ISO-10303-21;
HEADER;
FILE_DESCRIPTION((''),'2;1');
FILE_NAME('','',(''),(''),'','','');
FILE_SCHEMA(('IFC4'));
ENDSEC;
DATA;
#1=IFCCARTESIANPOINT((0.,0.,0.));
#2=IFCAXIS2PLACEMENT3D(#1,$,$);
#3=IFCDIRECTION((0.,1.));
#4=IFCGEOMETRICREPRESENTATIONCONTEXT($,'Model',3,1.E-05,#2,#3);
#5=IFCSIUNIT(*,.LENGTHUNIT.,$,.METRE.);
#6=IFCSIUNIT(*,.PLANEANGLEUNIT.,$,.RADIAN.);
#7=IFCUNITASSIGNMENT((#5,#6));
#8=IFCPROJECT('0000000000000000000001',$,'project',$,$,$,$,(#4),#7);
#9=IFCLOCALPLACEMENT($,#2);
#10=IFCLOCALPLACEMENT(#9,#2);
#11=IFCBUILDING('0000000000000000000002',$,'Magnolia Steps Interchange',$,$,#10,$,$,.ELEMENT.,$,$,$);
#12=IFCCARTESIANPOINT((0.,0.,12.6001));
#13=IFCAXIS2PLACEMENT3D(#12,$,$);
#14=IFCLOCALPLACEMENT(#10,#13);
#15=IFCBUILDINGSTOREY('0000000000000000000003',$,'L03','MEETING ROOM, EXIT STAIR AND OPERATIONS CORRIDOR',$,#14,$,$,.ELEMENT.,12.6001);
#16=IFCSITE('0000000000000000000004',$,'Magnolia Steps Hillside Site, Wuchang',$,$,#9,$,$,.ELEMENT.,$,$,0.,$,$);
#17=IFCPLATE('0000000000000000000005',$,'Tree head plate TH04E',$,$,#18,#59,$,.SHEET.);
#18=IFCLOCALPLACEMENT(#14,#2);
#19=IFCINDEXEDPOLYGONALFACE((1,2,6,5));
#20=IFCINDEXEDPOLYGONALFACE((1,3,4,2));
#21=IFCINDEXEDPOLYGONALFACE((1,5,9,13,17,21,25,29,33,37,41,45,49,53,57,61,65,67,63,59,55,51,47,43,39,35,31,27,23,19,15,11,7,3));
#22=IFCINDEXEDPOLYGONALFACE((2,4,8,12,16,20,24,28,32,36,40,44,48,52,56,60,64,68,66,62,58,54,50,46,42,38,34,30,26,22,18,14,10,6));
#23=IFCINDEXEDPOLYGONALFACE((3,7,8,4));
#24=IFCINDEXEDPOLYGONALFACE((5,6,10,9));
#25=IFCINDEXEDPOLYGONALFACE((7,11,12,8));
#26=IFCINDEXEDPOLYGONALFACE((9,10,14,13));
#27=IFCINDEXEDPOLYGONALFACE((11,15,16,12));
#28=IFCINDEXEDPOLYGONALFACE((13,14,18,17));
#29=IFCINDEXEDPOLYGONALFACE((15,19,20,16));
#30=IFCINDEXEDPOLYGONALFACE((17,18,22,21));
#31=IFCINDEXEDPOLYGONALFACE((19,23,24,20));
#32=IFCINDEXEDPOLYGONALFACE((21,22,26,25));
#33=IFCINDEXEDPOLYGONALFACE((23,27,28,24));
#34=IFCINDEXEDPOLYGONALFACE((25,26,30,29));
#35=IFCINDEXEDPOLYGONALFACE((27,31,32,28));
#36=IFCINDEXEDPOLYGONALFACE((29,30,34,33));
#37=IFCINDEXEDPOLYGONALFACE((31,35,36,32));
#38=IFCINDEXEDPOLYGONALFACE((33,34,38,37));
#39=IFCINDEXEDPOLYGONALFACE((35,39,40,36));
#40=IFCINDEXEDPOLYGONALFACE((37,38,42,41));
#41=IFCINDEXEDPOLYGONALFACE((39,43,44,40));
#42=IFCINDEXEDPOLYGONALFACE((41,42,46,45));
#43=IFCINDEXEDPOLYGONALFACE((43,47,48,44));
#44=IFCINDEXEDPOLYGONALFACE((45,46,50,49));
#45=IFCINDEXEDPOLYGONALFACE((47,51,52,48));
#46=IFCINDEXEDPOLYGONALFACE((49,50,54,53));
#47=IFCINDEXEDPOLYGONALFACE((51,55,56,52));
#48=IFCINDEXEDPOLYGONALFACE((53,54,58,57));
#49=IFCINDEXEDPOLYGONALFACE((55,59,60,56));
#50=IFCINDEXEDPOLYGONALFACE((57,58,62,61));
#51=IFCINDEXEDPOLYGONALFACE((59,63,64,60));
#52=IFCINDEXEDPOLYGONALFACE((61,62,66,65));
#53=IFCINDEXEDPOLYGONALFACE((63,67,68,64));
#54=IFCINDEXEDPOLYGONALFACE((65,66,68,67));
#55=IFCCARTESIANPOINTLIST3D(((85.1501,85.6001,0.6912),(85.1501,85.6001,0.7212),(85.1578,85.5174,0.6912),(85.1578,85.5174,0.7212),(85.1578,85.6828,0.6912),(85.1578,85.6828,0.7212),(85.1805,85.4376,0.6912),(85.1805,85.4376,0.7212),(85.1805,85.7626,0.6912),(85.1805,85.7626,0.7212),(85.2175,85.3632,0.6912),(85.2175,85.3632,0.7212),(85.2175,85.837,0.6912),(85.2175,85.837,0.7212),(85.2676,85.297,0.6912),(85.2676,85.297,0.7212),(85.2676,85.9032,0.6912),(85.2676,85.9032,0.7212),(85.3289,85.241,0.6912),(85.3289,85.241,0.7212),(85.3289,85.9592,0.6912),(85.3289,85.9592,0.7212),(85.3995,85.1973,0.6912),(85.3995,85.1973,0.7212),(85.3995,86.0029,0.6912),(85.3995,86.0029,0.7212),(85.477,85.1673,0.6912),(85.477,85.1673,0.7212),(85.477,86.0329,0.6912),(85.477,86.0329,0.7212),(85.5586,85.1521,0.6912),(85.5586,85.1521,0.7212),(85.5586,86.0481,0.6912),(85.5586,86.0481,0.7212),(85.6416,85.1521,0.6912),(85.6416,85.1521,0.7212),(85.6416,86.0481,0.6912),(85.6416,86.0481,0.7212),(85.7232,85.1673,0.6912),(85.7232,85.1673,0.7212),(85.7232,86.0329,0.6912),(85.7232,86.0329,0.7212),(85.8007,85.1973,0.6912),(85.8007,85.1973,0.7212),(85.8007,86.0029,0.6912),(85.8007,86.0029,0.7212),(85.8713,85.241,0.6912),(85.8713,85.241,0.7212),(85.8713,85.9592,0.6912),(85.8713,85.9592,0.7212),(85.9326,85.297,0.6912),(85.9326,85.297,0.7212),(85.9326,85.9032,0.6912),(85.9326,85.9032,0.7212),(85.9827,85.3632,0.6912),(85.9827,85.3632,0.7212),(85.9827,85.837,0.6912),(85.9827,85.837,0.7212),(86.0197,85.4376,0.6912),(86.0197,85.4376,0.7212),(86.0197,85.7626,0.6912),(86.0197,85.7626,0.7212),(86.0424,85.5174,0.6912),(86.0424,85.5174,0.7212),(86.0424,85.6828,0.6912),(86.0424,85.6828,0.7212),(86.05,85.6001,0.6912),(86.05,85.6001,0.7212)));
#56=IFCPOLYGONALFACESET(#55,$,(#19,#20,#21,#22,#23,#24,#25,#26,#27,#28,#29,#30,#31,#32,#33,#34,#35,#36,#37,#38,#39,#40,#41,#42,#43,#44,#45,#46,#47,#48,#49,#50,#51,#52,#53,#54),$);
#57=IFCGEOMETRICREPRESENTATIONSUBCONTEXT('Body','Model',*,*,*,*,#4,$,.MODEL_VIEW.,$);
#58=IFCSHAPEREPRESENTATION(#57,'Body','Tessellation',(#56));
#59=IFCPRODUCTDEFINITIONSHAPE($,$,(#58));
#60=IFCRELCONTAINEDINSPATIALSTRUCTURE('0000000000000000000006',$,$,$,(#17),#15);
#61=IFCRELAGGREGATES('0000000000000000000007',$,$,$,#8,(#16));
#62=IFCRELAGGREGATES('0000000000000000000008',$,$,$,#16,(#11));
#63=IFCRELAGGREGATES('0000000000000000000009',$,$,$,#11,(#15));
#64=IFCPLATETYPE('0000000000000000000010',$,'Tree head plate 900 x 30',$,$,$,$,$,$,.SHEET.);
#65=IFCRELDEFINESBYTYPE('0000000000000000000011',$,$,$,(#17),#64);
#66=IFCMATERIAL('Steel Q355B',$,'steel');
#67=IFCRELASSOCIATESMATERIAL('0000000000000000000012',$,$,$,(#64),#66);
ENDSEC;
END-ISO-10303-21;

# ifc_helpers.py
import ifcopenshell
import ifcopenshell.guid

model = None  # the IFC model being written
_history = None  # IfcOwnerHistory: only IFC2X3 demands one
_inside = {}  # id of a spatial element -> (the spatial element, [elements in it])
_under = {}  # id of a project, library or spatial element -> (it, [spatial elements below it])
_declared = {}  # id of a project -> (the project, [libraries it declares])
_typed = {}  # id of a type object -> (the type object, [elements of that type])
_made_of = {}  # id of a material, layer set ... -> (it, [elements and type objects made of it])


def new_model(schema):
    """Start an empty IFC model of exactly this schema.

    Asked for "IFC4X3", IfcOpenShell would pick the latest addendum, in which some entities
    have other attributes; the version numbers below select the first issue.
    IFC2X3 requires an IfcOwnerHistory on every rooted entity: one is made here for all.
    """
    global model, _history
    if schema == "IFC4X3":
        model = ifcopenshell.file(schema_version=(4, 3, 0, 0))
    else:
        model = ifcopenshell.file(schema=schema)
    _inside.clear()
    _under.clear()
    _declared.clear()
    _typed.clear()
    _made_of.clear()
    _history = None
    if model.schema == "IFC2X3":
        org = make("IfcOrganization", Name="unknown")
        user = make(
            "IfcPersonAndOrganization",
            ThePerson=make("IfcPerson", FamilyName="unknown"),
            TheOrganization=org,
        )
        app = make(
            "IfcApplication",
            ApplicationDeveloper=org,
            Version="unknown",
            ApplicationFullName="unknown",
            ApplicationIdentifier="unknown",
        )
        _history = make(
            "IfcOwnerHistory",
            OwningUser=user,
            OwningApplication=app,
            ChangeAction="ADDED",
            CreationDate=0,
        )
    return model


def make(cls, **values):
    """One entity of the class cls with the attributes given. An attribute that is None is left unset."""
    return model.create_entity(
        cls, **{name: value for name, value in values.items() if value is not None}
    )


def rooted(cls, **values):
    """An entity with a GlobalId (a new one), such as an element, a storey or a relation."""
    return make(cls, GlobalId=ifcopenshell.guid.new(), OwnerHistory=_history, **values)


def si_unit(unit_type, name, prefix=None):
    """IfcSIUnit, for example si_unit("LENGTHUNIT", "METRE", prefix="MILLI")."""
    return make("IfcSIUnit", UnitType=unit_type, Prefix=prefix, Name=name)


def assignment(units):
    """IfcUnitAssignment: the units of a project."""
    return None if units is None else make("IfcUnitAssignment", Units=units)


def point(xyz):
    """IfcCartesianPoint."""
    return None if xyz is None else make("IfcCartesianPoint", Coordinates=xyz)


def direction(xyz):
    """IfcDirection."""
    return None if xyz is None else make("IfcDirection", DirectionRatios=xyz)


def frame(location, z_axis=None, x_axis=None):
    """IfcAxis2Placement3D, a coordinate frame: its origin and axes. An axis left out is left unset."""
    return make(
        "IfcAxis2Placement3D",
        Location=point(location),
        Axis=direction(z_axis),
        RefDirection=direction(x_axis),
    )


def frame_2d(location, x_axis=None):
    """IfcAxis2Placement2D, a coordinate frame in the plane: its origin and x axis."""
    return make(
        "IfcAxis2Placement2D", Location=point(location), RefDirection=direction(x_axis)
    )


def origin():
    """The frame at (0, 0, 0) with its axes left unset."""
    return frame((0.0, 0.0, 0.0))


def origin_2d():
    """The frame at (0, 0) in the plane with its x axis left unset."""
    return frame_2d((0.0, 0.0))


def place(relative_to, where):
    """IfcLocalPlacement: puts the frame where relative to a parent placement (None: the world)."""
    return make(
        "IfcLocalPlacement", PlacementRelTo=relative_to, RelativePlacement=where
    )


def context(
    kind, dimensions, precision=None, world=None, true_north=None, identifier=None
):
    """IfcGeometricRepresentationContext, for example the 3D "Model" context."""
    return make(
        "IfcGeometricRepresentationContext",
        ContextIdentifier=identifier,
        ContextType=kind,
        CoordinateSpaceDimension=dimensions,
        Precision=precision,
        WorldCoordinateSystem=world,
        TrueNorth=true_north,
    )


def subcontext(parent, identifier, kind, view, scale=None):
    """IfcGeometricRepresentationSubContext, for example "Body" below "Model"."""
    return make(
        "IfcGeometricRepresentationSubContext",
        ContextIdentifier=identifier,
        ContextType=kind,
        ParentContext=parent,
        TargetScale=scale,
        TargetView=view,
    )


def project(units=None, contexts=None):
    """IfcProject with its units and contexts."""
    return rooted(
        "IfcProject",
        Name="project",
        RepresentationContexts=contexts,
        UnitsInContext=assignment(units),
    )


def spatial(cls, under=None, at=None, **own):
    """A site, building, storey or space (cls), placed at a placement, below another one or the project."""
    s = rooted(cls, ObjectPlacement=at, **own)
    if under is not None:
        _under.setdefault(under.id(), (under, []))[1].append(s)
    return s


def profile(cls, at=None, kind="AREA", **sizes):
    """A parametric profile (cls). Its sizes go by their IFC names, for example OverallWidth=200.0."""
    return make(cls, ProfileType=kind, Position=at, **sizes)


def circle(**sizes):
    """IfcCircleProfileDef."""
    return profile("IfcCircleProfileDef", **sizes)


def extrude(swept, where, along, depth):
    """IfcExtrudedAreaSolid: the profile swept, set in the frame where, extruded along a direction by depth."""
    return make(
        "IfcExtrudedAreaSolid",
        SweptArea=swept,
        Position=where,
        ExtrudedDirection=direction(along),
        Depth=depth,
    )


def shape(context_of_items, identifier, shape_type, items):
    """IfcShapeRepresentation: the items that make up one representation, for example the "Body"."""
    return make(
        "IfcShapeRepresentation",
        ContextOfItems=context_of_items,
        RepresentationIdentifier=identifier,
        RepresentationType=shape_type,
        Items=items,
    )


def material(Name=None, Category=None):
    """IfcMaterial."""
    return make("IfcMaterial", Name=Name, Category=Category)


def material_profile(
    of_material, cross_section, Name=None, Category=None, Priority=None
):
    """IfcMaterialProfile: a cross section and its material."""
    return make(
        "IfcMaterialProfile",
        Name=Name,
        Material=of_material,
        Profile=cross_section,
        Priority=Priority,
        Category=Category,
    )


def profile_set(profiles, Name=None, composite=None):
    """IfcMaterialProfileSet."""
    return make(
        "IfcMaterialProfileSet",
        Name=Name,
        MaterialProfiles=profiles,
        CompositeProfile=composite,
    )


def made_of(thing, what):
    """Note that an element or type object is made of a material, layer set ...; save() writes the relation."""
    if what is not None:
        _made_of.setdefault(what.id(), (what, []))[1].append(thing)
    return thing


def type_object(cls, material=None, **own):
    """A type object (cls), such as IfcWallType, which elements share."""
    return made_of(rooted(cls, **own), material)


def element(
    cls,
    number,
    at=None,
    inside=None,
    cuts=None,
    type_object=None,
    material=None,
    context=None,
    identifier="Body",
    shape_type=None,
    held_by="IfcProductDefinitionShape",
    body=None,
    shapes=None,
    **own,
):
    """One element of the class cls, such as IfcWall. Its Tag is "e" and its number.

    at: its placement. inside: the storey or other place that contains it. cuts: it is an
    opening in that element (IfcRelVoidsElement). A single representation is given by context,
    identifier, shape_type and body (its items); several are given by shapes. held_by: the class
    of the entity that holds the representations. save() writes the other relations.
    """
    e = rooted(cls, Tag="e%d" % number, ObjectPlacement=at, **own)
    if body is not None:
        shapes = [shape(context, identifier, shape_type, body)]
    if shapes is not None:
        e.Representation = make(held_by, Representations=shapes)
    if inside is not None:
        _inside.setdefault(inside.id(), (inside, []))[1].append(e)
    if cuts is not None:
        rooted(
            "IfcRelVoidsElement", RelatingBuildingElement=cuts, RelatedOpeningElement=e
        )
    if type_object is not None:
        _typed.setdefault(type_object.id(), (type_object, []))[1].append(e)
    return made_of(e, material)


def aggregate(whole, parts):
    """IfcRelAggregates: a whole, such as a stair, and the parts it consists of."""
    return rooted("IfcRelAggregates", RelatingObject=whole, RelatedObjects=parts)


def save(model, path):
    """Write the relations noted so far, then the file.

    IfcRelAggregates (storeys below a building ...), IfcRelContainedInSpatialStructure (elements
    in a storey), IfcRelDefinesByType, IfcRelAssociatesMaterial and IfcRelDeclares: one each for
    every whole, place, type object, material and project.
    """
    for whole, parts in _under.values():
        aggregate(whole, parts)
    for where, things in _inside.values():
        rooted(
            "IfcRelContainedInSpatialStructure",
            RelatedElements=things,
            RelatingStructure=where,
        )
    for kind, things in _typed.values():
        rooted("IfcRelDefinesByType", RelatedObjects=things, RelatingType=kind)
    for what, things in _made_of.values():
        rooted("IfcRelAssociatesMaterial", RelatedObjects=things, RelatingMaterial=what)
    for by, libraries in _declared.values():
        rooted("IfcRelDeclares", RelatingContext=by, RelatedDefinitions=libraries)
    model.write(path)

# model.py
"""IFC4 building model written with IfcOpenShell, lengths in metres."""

from ifc_helpers import new_model, si_unit, direction, frame, origin, origin_2d, place, context, subcontext, project, spatial, circle, extrude, material, material_profile, profile_set, type_object, element, save


model = new_model("IFC4")

# Units and contexts
model_context = context("Model", 3, precision=1e-05, world=origin(), true_north=direction((0.0, 1.0)))
body_context = subcontext(model_context, "Body", "Model", "MODEL_VIEW")
ifc_project = project(units=[si_unit("LENGTHUNIT", "METRE"), si_unit("PLANEANGLEUNIT", "RADIAN")], contexts=[model_context])

# Site, building, storey
site_placement = place(None, origin())
site = spatial("IfcSite", under=ifc_project, at=site_placement, Name="Magnolia Steps Hillside Site, Wuchang", CompositionType="ELEMENT", RefElevation=0.0)
building_placement = place(site_placement, origin())
building = spatial("IfcBuilding", under=site, at=building_placement, Name="Magnolia Steps Interchange", CompositionType="ELEMENT")
storey_placement = place(building_placement, frame((0.0, 0.0, 12.6001)))
storey = spatial("IfcBuildingStorey", under=building, at=storey_placement, Name="L03", Description="MEETING ROOM, EXIT STAIR AND OPERATIONS CORRIDOR", CompositionType="ELEMENT", Elevation=12.6001)

# Plate
ifc_material_1 = material(Name="Steel Q355B", Category="steel")
ifc_material_profile_1 = material_profile(ifc_material_1, circle(Radius=0.45, at=origin_2d()), Name="Tree head plate 900 x 30")
ifc_profile_set_1 = profile_set([ifc_material_profile_1], Name="Steel Q355B")
plate_type_1 = type_object("IfcPlateType", Name="Tree head plate 900 x 30", PredefinedType="SHEET", material=ifc_profile_set_1)
plate_1_placement = place(storey_placement, frame((85.6001, 85.6001, 0.6912), z_axis=(0.0, 0.0, 1.0), x_axis=(1.0, 0.0, 0.0)))
element("IfcPlate", 1, at=plate_1_placement, inside=storey, type_object=plate_type_1, Name="Tree head plate TH04E", PredefinedType="SHEET", context=body_context, shape_type="SweptSolid", body=[
    extrude(circle(Radius=0.45, at=origin_2d()), origin(), (0.0, 0.0, 1.0), 0.03),
])

save(model, "model.ifc")
